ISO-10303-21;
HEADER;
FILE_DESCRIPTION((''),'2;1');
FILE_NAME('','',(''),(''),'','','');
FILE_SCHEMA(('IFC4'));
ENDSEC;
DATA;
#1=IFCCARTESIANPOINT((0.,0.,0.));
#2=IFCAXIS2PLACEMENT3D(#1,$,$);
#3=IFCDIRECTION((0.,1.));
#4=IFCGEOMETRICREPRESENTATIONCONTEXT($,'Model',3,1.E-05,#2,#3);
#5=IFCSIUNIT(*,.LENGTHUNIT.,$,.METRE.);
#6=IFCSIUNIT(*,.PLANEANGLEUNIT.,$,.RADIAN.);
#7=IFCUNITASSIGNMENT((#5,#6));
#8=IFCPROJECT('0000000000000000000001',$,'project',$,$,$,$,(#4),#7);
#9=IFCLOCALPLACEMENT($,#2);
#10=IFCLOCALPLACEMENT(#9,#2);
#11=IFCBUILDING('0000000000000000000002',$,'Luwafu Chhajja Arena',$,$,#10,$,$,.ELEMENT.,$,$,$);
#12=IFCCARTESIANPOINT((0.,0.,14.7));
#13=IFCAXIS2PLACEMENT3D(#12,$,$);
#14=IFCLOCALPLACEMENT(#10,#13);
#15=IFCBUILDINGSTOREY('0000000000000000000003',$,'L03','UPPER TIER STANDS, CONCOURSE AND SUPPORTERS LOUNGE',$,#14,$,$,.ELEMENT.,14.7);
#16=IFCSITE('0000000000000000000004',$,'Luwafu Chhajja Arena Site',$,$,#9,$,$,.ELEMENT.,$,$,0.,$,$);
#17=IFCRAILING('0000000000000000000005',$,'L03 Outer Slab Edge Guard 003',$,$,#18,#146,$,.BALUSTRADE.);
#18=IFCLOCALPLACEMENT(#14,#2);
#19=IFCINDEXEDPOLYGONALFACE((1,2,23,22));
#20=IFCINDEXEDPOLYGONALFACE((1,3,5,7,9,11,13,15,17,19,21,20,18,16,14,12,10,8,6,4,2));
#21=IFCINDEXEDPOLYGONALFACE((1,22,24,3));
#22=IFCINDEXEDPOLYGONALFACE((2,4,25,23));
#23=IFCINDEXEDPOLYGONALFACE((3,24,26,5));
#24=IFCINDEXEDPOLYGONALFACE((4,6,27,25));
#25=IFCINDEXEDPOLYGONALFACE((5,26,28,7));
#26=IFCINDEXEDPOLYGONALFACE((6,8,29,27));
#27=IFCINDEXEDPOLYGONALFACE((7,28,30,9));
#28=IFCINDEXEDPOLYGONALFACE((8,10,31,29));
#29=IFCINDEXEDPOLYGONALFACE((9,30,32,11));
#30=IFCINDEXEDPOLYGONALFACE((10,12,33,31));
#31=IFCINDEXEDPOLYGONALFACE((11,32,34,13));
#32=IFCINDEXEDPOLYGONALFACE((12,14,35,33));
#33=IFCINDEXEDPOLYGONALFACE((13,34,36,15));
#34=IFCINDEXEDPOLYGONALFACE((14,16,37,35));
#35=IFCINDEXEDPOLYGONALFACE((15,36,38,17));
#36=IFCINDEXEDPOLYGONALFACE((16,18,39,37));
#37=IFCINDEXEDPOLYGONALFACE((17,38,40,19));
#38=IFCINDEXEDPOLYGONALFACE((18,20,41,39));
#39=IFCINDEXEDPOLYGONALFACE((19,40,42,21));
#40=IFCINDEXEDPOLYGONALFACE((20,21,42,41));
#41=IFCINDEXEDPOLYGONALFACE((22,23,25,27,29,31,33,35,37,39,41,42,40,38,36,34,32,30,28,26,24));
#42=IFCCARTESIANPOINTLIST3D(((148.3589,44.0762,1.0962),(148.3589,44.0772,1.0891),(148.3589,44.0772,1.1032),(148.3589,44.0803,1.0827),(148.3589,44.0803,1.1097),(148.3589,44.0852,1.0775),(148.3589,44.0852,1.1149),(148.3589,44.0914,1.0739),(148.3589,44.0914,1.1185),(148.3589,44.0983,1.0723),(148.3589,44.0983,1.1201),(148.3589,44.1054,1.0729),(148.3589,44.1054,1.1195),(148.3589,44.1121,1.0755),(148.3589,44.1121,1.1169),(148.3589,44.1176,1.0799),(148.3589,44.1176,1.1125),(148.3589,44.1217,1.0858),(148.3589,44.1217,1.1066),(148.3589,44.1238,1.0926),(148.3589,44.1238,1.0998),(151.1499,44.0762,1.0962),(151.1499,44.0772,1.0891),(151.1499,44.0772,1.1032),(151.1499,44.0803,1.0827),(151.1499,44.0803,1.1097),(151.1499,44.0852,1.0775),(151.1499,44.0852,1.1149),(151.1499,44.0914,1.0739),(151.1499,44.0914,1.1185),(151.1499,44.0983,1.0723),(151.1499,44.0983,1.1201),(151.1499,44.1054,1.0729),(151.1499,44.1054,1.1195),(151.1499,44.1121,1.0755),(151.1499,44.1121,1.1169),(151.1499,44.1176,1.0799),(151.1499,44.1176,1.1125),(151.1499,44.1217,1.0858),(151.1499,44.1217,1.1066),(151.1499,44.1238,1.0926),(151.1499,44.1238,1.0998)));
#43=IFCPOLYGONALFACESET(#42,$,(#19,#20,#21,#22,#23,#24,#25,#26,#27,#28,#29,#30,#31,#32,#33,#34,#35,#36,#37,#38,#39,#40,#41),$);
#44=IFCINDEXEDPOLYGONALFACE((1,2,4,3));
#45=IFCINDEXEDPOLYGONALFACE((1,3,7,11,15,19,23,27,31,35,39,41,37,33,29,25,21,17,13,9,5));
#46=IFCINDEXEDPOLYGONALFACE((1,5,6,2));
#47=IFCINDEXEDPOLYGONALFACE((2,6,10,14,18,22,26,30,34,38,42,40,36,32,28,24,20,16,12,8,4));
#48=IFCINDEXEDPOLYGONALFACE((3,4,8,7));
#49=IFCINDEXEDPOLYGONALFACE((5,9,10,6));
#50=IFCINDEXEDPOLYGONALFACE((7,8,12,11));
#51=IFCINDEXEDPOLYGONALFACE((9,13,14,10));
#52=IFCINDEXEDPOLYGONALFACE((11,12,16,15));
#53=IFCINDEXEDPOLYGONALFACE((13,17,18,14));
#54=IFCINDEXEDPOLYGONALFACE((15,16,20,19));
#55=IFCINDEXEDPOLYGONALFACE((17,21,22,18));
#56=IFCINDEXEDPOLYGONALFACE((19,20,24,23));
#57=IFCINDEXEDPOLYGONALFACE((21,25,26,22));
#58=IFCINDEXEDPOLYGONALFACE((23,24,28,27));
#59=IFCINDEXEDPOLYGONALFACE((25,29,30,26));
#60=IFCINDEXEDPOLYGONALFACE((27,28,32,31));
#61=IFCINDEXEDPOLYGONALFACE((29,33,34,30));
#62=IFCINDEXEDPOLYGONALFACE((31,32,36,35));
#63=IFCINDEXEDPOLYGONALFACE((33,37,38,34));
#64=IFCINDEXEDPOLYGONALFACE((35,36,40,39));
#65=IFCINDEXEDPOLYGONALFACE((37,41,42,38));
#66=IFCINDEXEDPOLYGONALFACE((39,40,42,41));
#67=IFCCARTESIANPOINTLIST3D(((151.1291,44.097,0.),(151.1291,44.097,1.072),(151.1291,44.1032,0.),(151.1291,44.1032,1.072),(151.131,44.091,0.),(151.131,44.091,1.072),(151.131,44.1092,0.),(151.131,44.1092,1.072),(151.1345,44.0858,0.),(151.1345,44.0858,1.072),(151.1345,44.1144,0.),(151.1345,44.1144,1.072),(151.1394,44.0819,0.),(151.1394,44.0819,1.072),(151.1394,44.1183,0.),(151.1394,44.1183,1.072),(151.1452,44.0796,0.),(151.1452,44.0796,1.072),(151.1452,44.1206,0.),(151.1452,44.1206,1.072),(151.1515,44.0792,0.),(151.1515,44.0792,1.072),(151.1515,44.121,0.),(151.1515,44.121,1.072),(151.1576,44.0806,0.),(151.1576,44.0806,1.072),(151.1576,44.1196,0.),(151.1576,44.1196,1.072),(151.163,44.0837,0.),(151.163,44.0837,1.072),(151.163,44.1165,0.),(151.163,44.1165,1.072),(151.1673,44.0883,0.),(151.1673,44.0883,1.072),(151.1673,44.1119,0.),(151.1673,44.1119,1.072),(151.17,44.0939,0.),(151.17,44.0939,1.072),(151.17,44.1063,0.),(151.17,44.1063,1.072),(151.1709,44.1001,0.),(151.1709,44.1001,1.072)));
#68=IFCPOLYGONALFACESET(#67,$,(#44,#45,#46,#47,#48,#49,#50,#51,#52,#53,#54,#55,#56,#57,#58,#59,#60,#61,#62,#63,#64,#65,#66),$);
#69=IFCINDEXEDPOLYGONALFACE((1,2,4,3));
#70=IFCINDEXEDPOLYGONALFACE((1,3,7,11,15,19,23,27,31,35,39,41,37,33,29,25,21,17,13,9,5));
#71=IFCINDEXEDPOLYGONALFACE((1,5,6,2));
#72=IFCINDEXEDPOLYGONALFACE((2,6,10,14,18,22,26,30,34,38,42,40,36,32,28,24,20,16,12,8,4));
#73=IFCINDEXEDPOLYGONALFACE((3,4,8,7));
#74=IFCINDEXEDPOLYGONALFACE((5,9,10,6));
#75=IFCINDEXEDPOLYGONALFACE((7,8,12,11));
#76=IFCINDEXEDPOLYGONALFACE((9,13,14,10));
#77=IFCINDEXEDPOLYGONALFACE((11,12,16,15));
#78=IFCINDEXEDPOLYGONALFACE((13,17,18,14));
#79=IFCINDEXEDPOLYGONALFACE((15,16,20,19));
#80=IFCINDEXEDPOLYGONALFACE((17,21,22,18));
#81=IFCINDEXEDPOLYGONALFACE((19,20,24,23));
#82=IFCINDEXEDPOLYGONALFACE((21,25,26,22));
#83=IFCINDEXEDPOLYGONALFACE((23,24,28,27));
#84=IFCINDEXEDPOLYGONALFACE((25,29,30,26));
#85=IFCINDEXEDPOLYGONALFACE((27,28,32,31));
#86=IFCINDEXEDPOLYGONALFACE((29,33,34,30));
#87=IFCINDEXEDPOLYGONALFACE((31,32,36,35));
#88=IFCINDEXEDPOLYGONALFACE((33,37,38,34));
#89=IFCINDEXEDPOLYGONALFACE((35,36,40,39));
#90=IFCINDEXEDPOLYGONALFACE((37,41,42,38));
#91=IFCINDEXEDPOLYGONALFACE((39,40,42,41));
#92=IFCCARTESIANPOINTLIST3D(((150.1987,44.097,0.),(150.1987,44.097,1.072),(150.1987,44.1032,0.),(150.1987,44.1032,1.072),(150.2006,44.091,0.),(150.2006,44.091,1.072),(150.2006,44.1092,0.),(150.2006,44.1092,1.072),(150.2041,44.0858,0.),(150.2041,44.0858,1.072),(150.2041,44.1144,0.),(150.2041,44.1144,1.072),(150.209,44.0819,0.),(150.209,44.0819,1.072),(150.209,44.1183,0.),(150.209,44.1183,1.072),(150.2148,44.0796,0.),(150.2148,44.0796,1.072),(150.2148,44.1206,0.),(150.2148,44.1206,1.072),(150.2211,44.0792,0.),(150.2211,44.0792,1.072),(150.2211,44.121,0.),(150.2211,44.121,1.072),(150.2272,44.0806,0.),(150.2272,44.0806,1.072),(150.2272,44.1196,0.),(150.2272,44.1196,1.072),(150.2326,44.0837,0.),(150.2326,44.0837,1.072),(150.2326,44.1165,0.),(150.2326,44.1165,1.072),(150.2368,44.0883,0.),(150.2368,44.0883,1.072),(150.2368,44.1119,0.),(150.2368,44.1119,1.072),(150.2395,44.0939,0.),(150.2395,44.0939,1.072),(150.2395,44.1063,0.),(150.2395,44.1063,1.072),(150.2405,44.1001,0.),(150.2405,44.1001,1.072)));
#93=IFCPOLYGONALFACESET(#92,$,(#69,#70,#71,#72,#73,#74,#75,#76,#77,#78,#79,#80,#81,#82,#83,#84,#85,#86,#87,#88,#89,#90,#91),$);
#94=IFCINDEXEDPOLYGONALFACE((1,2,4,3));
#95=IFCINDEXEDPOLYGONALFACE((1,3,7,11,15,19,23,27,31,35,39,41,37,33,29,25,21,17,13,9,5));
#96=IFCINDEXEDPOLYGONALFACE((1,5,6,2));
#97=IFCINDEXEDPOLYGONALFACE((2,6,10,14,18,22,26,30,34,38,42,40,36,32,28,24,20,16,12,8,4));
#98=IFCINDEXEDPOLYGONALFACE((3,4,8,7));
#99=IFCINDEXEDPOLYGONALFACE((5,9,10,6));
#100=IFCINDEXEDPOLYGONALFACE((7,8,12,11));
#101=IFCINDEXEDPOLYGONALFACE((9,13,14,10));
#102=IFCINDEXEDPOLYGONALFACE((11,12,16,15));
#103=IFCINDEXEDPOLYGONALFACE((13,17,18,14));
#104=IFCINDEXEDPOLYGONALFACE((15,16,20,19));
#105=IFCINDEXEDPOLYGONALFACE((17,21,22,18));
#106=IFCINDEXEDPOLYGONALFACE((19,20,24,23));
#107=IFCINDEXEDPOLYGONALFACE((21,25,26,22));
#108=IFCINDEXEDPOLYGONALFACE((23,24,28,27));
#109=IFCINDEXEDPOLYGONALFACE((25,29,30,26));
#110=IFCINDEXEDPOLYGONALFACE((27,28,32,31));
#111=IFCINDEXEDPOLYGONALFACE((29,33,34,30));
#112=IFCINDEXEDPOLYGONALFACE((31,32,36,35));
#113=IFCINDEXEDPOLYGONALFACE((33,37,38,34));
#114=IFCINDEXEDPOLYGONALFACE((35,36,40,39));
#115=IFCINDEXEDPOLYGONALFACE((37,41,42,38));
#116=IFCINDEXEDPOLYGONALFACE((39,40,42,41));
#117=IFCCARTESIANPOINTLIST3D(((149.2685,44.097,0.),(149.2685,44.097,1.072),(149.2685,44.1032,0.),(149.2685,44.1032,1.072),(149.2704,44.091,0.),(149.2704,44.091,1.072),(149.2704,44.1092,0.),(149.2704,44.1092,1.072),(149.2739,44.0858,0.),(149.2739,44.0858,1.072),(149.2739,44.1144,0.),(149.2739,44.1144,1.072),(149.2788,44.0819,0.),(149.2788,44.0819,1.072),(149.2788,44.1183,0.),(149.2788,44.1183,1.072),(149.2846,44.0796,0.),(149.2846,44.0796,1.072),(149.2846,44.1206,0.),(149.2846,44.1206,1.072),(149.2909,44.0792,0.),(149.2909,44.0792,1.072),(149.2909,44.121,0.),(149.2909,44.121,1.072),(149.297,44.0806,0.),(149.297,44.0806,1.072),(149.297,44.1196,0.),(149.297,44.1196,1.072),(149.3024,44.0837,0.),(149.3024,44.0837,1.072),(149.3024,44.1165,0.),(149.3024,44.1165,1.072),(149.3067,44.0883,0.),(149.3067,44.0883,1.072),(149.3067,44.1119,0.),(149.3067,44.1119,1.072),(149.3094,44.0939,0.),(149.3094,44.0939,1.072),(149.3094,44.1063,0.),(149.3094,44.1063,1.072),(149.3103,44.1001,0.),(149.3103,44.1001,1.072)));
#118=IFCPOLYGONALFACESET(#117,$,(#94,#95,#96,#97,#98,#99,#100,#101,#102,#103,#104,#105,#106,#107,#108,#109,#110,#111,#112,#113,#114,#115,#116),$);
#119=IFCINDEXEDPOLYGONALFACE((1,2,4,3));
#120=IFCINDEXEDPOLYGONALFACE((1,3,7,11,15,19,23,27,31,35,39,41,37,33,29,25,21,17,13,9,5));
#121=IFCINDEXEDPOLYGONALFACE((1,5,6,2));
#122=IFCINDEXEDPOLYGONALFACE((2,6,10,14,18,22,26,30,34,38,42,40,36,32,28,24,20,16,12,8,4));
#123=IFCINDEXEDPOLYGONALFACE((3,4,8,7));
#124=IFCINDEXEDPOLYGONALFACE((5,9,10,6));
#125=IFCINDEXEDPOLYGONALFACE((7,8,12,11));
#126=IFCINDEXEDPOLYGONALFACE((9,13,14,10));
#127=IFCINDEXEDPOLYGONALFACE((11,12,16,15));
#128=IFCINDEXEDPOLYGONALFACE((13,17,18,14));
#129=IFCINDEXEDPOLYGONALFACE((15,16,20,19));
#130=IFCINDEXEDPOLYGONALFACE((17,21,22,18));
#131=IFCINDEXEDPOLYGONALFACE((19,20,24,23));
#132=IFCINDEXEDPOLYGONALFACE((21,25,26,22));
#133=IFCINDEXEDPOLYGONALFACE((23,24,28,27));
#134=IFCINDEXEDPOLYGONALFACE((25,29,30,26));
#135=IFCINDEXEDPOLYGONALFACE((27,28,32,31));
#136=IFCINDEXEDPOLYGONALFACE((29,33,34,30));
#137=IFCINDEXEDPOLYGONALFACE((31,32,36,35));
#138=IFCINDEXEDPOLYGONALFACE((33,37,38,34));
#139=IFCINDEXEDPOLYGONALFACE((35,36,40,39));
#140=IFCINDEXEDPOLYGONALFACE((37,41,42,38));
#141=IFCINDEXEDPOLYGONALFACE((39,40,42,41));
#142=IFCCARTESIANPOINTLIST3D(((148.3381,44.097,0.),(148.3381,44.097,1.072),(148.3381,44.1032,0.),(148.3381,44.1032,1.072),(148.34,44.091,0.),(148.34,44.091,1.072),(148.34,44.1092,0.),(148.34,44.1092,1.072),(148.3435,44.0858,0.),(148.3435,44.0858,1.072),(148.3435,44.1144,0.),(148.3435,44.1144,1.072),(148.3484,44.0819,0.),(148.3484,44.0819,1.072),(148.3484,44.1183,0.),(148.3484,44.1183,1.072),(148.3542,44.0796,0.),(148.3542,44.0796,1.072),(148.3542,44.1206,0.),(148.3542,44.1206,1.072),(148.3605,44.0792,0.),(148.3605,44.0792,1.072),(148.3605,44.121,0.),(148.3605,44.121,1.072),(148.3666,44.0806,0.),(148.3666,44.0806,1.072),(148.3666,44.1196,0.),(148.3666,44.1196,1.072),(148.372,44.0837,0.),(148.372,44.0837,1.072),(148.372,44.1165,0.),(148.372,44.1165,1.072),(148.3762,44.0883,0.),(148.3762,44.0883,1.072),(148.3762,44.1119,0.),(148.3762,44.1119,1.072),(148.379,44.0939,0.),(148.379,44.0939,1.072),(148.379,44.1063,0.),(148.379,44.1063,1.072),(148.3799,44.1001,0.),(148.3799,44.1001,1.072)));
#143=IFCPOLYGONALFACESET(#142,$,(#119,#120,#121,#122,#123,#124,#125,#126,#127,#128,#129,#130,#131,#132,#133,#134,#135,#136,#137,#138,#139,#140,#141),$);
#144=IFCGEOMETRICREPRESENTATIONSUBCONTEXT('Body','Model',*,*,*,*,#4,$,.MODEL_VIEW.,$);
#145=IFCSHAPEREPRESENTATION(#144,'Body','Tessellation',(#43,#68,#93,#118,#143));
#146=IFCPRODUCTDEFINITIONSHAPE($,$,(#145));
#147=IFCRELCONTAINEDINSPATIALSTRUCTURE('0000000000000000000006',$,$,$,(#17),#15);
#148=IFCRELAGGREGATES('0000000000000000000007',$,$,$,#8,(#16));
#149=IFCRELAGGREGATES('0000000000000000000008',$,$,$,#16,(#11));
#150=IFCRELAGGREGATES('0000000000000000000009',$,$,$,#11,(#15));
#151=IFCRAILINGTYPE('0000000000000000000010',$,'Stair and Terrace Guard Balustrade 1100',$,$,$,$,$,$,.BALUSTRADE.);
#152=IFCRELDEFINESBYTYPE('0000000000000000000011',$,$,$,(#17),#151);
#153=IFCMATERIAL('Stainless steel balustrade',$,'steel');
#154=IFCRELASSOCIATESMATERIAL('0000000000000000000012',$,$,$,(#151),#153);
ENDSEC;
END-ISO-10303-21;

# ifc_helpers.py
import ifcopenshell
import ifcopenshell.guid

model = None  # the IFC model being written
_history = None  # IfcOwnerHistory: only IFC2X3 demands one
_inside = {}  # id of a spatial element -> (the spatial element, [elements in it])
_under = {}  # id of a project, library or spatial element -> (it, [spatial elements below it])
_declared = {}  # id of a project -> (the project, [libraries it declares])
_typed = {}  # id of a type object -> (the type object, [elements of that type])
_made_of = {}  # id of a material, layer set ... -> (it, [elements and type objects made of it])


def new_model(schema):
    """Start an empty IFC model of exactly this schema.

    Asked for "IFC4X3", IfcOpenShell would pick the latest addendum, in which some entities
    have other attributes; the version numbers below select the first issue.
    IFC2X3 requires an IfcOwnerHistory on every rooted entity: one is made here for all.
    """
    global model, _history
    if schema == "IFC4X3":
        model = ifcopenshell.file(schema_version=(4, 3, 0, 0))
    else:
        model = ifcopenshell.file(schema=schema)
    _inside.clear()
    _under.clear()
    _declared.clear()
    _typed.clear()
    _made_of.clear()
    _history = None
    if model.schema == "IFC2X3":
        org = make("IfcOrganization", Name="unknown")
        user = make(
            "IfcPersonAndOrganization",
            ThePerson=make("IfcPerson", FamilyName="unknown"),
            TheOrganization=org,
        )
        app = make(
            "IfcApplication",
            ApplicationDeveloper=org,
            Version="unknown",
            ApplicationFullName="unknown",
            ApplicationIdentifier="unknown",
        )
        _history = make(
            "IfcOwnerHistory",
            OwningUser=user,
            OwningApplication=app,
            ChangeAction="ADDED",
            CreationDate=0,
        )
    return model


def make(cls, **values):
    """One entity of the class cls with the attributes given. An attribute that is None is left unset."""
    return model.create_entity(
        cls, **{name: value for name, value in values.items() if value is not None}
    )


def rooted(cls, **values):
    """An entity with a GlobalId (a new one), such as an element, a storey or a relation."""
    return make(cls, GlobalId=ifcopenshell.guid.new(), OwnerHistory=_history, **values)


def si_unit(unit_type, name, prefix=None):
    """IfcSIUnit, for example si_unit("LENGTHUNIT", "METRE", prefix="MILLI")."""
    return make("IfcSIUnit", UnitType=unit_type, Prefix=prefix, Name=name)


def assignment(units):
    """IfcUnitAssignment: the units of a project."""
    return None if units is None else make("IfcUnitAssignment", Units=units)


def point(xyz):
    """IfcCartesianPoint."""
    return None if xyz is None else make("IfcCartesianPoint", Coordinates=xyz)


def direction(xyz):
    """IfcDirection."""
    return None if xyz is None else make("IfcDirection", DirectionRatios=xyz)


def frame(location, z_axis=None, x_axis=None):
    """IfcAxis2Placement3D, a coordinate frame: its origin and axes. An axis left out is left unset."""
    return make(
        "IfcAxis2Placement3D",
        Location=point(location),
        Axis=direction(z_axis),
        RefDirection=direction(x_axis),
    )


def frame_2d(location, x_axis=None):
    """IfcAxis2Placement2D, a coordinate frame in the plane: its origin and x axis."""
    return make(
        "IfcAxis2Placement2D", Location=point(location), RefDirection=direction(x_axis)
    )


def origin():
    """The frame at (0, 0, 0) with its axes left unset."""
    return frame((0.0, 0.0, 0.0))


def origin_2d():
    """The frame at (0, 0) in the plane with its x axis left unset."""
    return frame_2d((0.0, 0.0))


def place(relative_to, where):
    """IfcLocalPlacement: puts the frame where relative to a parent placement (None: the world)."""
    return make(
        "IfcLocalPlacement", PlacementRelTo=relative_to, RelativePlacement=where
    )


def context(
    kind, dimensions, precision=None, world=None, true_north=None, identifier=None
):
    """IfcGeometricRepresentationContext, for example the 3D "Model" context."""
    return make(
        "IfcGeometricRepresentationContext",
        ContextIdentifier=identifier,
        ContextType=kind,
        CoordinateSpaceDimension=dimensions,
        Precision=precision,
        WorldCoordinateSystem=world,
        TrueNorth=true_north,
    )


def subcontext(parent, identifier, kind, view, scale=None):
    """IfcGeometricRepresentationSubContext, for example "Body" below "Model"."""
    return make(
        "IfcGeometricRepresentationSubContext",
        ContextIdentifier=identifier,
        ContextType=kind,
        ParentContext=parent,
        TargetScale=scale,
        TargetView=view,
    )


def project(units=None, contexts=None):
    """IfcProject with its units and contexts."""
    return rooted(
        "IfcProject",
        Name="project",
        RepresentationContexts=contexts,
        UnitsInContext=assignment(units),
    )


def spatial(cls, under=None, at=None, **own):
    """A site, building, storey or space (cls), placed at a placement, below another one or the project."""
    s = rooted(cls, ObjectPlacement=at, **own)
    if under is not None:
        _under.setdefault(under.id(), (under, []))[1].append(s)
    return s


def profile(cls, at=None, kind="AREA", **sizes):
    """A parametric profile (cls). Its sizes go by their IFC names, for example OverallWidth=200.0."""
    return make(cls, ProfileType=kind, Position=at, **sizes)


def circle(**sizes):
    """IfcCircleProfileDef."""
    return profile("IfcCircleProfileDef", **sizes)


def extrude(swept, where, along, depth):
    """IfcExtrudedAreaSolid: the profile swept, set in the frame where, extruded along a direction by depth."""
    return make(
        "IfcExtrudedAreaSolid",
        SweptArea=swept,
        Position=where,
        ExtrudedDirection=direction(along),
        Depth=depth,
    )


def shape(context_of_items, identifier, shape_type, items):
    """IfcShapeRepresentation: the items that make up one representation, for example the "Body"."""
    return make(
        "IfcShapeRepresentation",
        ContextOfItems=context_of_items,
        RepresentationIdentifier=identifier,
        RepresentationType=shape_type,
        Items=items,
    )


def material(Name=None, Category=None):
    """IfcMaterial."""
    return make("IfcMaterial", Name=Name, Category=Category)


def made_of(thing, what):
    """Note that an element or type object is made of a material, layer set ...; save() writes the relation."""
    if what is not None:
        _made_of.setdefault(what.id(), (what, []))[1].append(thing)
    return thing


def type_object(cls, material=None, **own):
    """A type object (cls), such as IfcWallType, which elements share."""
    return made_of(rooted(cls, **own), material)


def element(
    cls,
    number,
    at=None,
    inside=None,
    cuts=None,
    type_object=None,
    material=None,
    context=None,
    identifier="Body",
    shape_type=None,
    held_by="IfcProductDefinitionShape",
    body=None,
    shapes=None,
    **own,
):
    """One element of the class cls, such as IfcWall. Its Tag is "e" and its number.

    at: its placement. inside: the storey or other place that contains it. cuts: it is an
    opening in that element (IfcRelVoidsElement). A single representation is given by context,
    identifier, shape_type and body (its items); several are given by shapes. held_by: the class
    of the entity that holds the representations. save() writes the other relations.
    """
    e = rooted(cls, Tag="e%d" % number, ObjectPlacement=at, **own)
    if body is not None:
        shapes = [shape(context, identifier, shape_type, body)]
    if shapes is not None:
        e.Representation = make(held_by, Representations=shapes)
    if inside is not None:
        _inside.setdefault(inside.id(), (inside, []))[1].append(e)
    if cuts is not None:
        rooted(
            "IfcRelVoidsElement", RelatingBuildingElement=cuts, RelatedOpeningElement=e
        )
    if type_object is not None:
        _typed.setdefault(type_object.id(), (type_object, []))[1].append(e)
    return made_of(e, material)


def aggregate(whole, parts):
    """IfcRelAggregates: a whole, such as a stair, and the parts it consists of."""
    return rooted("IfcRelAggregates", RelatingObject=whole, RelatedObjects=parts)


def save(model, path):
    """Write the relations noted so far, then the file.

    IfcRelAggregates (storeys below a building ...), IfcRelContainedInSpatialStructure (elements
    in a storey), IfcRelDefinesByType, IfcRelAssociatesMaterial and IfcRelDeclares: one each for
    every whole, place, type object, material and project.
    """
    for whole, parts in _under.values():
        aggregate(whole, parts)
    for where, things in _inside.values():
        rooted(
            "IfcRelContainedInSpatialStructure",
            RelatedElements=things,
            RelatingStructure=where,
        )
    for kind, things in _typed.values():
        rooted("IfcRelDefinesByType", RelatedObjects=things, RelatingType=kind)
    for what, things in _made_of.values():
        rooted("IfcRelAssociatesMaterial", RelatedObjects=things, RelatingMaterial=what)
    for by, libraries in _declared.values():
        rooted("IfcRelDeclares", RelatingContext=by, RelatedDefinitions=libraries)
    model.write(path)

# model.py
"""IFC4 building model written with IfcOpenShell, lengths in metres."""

from ifc_helpers import new_model, si_unit, direction, frame, origin, origin_2d, place, context, subcontext, project, spatial, circle, extrude, material, type_object, element, save


model = new_model("IFC4")

# Units and contexts
model_context = context("Model", 3, precision=1e-05, world=origin(), true_north=direction((0.0, 1.0)))
body_context = subcontext(model_context, "Body", "Model", "MODEL_VIEW")
ifc_project = project(units=[si_unit("LENGTHUNIT", "METRE"), si_unit("PLANEANGLEUNIT", "RADIAN")], contexts=[model_context])

# Site, building, storey
site_placement = place(None, origin())
site = spatial("IfcSite", under=ifc_project, at=site_placement, Name="Luwafu Chhajja Arena Site", CompositionType="ELEMENT", RefElevation=0.0)
building_placement = place(site_placement, origin())
building = spatial("IfcBuilding", under=site, at=building_placement, Name="Luwafu Chhajja Arena", CompositionType="ELEMENT")
storey_placement = place(building_placement, frame((0.0, 0.0, 14.7)))
storey = spatial("IfcBuildingStorey", under=building, at=storey_placement, Name="L03", Description="UPPER TIER STANDS, CONCOURSE AND SUPPORTERS LOUNGE", CompositionType="ELEMENT", Elevation=14.7)

# Shared definitions
ifc_material_1 = material(Name="Stainless steel balustrade", Category="steel")

# Railing
railing_type_1 = type_object("IfcRailingType", Name="Stair and Terrace Guard Balustrade 1100", PredefinedType="BALUSTRADE", material=ifc_material_1)
railing_1_placement = place(storey_placement, frame((151.1499, 44.1001, 0.0)))
element("IfcRailing", 1, at=railing_1_placement, inside=storey, type_object=railing_type_1, Name="L03 Outer Slab Edge Guard 003", PredefinedType="BALUSTRADE", context=body_context, shape_type="SweptSolid", body=[
    extrude(circle(Radius=0.0239, at=origin_2d()), frame((0.0, 0.0, 1.0962), z_axis=(-1.0, 0.0, 0.0), x_axis=(0.0, -1.0, 0.0)), (0.0, 0.0, 1.0), 2.791),
    extrude(circle(Radius=0.021, at=origin_2d()), origin(), (0.0, 0.0, 1.0), 1.072),
    extrude(circle(Radius=0.021, at=origin_2d()), frame((-0.9304, 0.0, 0.0)), (0.0, 0.0, 1.0), 1.072),
    extrude(circle(Radius=0.021, at=origin_2d()), frame((-1.8606, 0.0, 0.0)), (0.0, 0.0, 1.0), 1.072),
    extrude(circle(Radius=0.021, at=origin_2d()), frame((-2.791, 0.0, 0.0)), (0.0, 0.0, 1.0), 1.072),
])

save(model, "model.ifc")
